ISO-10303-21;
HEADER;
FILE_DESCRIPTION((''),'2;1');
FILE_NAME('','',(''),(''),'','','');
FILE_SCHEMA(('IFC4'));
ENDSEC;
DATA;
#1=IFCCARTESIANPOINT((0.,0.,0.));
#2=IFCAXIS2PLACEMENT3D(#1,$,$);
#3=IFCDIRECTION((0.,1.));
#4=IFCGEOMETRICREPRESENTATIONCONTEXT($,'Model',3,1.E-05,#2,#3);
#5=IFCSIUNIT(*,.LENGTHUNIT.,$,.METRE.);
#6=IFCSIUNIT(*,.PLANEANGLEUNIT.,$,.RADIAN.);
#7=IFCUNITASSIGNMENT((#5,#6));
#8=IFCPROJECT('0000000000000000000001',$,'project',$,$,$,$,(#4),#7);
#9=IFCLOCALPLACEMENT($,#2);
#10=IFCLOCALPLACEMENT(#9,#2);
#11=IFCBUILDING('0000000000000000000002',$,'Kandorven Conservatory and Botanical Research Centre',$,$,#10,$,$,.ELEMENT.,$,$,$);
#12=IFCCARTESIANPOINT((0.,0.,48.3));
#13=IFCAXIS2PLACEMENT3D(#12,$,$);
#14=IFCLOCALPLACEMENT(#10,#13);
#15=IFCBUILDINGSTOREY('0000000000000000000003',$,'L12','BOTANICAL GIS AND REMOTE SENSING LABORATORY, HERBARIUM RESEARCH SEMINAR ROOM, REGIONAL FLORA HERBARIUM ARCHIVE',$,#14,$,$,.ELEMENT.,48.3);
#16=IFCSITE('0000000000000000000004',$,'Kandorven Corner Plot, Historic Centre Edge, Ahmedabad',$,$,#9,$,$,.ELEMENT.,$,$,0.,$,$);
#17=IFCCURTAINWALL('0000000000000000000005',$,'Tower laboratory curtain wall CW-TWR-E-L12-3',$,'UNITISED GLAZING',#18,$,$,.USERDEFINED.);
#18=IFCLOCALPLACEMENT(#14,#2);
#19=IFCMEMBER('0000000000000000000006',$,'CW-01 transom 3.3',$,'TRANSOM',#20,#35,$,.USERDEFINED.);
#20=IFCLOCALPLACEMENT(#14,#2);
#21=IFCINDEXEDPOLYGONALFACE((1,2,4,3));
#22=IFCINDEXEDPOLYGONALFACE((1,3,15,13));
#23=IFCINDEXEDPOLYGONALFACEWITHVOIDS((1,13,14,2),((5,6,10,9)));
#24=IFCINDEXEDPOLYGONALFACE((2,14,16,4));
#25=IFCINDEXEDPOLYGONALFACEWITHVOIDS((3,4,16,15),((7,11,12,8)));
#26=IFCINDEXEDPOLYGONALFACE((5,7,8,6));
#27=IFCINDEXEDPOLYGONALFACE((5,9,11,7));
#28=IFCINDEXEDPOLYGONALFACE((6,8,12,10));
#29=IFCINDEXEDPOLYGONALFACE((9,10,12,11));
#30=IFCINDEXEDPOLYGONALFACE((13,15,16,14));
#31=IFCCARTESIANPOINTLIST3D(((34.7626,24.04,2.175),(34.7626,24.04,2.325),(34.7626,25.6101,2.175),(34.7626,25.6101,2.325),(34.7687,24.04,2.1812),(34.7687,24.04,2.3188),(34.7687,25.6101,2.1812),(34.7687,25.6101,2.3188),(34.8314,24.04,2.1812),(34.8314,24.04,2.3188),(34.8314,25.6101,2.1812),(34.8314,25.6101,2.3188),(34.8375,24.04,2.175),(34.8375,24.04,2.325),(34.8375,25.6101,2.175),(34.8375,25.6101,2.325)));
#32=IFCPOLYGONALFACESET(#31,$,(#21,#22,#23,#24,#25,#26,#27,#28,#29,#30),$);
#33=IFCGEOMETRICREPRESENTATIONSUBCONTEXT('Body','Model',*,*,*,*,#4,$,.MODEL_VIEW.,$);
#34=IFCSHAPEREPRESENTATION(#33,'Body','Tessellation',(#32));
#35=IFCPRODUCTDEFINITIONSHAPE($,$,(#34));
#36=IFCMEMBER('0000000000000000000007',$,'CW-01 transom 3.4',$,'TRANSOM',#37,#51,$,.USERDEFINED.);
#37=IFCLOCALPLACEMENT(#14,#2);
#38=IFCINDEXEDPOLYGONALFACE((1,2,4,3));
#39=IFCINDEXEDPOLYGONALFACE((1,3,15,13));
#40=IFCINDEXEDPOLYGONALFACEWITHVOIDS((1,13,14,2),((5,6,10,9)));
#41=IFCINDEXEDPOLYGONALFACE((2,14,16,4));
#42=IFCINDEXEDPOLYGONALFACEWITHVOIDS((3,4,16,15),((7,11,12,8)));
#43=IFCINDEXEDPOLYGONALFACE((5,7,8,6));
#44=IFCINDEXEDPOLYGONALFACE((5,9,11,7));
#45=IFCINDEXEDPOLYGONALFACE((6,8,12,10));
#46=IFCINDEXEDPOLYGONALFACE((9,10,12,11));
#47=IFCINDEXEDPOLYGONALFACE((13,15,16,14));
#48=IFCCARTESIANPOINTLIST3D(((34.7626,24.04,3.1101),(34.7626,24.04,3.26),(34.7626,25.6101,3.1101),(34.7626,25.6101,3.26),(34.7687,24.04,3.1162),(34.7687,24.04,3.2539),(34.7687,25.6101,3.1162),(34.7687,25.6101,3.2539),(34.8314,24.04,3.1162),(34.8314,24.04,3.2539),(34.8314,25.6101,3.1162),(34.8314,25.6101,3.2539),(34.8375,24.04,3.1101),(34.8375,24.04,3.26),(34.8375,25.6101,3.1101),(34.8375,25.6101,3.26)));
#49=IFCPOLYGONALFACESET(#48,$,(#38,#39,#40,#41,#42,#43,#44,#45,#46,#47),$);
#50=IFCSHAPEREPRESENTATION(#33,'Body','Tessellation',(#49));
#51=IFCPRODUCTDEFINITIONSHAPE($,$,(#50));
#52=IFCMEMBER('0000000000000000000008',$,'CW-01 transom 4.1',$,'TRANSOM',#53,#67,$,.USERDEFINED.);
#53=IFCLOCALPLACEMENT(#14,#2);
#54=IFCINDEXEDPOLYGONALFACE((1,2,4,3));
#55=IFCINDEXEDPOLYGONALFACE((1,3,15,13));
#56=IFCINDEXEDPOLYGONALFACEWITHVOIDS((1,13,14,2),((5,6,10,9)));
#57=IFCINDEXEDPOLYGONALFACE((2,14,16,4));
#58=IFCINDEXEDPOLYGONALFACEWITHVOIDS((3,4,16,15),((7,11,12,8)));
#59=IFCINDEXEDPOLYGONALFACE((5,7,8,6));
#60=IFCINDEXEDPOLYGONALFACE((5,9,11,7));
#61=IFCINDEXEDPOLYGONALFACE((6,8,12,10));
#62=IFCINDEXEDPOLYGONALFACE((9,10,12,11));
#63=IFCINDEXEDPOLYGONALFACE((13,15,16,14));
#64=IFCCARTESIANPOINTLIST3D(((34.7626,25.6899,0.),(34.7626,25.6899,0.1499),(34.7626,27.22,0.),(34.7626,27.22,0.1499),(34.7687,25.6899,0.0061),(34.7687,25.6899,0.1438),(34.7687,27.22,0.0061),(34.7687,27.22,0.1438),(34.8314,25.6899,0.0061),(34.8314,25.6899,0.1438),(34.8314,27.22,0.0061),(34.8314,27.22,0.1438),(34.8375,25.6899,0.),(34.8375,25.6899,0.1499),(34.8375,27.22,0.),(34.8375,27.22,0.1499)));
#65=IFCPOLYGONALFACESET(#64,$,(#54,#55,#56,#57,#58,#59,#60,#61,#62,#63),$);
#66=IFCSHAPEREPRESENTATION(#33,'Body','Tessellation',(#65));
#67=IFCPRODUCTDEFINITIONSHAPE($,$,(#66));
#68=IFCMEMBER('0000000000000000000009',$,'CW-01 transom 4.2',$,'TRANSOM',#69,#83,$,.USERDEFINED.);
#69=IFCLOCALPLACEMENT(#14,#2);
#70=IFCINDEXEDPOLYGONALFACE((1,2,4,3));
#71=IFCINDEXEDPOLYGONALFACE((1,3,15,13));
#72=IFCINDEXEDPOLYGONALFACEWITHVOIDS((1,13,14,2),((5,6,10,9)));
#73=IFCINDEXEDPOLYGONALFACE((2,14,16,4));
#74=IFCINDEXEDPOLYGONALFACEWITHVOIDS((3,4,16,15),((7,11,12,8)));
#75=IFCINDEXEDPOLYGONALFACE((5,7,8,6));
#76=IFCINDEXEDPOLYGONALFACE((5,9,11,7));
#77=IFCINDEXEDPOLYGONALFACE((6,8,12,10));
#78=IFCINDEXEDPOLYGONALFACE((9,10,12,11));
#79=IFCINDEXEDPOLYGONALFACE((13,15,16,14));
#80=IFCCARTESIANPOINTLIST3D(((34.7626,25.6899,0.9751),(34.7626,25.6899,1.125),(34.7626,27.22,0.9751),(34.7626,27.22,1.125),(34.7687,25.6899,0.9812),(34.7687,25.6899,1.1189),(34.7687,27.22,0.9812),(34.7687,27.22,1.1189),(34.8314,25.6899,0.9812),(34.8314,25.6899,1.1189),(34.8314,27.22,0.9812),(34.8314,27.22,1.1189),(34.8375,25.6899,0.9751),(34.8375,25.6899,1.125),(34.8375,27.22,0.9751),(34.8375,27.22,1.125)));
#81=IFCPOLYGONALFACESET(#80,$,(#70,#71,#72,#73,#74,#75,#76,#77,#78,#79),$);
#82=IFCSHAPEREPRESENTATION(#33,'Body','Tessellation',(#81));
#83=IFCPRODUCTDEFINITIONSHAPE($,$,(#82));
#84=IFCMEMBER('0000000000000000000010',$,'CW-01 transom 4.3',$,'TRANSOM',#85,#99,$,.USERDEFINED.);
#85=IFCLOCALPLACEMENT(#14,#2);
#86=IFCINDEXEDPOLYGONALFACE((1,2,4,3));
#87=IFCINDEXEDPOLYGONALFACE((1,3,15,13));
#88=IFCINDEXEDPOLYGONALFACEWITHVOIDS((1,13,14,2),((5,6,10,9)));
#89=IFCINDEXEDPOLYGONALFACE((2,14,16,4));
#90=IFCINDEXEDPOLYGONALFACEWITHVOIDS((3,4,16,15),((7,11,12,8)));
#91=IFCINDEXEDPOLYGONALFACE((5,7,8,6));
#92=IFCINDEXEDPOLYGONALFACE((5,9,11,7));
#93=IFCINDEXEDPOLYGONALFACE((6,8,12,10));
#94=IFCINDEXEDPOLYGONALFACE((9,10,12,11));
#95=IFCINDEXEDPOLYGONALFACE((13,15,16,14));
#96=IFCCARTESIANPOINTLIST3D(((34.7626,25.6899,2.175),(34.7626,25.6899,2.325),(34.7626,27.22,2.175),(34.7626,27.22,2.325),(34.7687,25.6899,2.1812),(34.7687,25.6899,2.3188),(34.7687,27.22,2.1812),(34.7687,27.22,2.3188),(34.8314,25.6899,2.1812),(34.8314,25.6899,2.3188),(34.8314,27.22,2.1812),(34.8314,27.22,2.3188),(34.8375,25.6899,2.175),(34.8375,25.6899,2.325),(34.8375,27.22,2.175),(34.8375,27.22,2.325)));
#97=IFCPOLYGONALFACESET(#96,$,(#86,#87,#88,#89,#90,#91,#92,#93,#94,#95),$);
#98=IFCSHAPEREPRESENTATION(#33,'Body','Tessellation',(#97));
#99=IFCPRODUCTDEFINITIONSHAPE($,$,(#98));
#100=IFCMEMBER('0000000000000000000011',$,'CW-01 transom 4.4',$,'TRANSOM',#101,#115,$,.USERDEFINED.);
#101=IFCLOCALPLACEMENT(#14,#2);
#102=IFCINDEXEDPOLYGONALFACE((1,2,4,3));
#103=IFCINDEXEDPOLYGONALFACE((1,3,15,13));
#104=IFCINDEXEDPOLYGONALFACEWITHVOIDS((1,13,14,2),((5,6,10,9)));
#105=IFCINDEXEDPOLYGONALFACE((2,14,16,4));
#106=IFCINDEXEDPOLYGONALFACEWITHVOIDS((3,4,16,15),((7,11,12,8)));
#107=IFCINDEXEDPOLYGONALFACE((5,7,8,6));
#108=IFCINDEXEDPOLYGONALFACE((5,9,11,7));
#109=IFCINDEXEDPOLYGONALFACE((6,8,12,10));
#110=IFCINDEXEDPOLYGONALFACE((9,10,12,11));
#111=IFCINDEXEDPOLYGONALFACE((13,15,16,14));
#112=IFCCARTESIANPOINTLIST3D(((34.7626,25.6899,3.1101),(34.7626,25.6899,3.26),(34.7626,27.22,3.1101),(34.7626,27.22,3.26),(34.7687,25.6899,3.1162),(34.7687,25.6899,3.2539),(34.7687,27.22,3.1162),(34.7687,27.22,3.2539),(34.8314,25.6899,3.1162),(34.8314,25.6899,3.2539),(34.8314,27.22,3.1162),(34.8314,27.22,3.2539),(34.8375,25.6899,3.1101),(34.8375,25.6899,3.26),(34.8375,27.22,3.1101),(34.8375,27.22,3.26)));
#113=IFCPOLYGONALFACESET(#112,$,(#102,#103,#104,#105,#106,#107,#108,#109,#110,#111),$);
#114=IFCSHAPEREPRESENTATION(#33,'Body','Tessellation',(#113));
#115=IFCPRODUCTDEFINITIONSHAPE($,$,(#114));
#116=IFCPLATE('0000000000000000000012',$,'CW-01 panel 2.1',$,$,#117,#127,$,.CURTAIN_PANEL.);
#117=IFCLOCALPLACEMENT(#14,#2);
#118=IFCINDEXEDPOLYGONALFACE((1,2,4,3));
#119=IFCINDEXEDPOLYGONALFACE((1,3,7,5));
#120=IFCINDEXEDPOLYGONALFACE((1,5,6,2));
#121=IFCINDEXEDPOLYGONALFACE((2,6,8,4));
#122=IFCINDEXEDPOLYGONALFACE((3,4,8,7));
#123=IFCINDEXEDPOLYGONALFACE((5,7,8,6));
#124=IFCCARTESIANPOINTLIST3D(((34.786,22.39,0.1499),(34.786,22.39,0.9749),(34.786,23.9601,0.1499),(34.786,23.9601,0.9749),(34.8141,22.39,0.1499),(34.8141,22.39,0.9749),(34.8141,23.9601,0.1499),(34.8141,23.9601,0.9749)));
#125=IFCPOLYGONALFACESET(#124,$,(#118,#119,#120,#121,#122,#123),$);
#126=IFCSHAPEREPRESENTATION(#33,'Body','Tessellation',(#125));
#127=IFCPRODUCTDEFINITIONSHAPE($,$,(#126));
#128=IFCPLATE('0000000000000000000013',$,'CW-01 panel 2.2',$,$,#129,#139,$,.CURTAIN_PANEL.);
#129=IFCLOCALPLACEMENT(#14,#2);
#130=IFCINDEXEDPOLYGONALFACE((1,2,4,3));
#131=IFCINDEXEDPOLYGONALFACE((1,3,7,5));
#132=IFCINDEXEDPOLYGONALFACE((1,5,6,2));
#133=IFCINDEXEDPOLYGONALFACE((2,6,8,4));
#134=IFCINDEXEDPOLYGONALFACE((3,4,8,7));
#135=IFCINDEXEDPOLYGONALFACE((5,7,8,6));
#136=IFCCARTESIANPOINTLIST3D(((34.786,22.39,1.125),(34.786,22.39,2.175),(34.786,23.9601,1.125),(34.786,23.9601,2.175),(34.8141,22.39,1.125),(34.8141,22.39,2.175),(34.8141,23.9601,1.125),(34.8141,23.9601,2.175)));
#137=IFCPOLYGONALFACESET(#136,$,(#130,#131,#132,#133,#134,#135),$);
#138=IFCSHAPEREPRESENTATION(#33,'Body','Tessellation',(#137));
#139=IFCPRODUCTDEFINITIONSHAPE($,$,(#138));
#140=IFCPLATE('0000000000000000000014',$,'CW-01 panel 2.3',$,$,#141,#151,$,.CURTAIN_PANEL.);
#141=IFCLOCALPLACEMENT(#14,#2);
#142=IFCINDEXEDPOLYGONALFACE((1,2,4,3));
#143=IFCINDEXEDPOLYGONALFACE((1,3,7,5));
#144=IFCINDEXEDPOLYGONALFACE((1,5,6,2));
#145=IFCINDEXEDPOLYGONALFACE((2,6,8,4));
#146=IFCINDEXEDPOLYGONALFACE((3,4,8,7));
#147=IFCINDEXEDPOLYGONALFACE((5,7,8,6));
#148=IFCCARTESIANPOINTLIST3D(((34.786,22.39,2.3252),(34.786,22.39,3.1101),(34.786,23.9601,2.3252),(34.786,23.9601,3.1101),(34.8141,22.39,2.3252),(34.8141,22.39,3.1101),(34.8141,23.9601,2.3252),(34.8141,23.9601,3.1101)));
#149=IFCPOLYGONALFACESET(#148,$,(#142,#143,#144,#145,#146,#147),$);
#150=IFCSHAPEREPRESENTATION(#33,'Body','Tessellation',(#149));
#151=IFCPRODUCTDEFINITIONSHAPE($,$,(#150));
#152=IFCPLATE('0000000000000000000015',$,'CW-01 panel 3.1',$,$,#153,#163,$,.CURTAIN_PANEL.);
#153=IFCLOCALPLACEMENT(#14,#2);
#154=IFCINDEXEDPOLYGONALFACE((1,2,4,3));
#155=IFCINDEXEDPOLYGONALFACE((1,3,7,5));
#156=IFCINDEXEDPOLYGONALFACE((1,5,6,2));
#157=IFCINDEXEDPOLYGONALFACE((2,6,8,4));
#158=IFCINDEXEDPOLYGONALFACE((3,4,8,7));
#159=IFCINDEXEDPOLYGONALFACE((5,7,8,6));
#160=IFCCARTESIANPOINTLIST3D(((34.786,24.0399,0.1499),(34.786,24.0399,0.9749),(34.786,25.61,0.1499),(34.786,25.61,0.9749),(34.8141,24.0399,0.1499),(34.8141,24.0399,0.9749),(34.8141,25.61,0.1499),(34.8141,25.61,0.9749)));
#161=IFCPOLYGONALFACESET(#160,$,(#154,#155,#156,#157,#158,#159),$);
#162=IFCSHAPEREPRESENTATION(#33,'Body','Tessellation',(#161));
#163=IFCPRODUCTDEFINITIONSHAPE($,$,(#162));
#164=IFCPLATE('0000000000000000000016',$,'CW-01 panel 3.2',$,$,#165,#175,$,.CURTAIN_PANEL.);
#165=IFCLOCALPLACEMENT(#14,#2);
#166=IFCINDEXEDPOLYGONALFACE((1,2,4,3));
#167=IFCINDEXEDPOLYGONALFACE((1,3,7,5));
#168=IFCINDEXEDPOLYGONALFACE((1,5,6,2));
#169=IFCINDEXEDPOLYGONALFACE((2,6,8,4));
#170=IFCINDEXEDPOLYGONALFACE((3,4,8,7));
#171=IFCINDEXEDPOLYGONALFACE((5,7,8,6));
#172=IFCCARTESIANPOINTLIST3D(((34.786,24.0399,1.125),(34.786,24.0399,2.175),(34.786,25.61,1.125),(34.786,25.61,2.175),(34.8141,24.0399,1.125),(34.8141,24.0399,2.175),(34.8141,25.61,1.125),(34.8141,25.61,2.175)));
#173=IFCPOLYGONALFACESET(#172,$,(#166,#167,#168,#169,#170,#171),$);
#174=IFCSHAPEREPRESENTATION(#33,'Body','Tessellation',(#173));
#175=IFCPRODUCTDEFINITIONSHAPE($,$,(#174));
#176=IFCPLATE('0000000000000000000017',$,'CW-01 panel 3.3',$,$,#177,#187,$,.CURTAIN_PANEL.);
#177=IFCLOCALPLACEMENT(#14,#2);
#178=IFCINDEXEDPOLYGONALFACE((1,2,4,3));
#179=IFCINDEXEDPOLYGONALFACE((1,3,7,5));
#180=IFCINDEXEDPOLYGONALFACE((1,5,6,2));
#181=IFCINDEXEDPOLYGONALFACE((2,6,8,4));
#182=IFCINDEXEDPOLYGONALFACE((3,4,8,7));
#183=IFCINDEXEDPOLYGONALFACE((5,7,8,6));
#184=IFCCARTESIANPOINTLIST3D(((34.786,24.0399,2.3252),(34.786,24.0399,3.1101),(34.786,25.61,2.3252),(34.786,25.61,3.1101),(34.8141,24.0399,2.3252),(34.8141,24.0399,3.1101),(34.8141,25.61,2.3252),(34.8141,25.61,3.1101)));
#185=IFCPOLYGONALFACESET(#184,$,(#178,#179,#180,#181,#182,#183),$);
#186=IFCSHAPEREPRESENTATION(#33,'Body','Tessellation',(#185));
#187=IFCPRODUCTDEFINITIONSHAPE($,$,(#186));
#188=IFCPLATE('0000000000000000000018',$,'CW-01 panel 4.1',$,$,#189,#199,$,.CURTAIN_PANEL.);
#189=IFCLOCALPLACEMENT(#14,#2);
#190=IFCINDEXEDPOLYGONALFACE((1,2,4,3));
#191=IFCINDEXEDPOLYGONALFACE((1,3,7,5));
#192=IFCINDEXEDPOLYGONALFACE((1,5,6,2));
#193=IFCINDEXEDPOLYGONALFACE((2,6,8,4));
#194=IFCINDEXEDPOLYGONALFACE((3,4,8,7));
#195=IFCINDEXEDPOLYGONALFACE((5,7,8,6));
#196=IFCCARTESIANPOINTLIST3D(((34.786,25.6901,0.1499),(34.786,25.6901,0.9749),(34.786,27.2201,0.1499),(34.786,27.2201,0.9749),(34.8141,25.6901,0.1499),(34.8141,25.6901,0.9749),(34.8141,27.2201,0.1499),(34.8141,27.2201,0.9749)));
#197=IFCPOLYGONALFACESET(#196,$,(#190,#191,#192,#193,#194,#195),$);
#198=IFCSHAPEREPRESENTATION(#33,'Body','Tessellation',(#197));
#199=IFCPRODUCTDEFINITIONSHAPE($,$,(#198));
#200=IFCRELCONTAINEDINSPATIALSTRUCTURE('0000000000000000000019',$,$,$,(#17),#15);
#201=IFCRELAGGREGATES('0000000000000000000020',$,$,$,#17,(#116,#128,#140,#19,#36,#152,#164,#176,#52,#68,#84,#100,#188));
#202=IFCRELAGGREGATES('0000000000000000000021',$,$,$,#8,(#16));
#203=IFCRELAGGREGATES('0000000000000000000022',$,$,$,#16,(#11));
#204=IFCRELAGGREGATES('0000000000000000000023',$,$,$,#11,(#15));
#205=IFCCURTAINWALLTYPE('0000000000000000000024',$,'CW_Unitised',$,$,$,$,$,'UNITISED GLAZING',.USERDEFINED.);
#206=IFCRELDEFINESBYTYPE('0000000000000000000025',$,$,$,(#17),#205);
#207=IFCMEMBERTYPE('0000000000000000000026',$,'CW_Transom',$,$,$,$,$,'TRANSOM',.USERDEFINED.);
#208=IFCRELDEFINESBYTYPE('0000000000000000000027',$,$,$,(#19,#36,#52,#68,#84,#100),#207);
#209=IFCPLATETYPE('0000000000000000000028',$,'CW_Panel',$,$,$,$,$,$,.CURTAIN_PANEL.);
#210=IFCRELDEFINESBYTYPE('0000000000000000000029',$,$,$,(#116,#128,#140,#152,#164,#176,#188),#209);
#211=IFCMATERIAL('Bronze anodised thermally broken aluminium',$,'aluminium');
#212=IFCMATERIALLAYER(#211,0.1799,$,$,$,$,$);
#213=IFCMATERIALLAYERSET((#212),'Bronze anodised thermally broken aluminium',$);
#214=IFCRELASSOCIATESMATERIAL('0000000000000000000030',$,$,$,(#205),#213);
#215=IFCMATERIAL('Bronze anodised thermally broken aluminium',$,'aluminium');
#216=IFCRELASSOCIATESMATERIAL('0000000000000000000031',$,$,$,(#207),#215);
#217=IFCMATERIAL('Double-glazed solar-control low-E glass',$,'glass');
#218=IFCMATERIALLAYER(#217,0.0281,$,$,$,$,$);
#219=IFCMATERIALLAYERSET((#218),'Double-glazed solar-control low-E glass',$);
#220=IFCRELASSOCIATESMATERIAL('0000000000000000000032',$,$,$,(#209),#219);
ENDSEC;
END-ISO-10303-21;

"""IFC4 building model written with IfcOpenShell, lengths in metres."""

from ifc_helpers import new_model, si_unit, direction, frame, origin, origin_2d, place, context, subcontext, project, spatial, rectangle, hollow_rectangle, extrude, material, layer, layer_set, material_profile, profile_set, type_object, element, aggregate, save


model = new_model("IFC4")

# Units and contexts
model_context = context("Model", 3, precision=1e-05, world=origin(), true_north=direction((0.0, 1.0)))
body_context = subcontext(model_context, "Body", "Model", "MODEL_VIEW")
ifc_project = project(units=[si_unit("LENGTHUNIT", "METRE"), si_unit("PLANEANGLEUNIT", "RADIAN")], contexts=[model_context])

# Site, building, storey
site_placement = place(None, origin())
site = spatial("IfcSite", under=ifc_project, at=site_placement, Name="Kandorven Corner Plot, Historic Centre Edge, Ahmedabad", CompositionType="ELEMENT", RefElevation=0.0)
building_placement = place(site_placement, origin())
building = spatial("IfcBuilding", under=site, at=building_placement, Name="Kandorven Conservatory and Botanical Research Centre", CompositionType="ELEMENT")
storey_placement = place(building_placement, frame((0.0, 0.0, 48.3)))
storey = spatial("IfcBuildingStorey", under=building, at=storey_placement, Name="L12", Description="BOTANICAL GIS AND REMOTE SENSING LABORATORY, HERBARIUM RESEARCH SEMINAR ROOM, REGIONAL FLORA HERBARIUM ARCHIVE", CompositionType="ELEMENT", Elevation=48.3)

# Curtain wall, members, plates
ifc_material_1 = material(Name="Bronze anodised thermally broken aluminium", Category="aluminium")
ifc_layer_1 = layer(ifc_material_1, 0.1799)
ifc_layer_set_1 = layer_set([ifc_layer_1], Name="Bronze anodised thermally broken aluminium")
curtain_wall_type = type_object("IfcCurtainWallType", Name="CW_Unitised", ElementType="UNITISED GLAZING", PredefinedType="USERDEFINED", material=ifc_layer_set_1)
curtain_wall_placement = place(storey_placement, origin())
curtain_wall = element("IfcCurtainWall", 1, at=curtain_wall_placement, inside=storey, type_object=curtain_wall_type, Name="Tower laboratory curtain wall CW-TWR-E-L12-3", ObjectType="UNITISED GLAZING", PredefinedType="USERDEFINED")
ifc_material_2 = material(Name="Bronze anodised thermally broken aluminium", Category="aluminium")
ifc_material_profile_1 = material_profile(ifc_material_2, hollow_rectangle(XDim=0.075, YDim=0.1499, WallThickness=0.0061, at=origin_2d()))
ifc_profile_set_1 = profile_set([ifc_material_profile_1], Name="Bronze anodised thermally broken aluminium")
member_type_1 = type_object("IfcMemberType", Name="CW_Transom", ElementType="TRANSOM", PredefinedType="USERDEFINED", material=ifc_profile_set_1)
member_1_placement = place(storey_placement, frame((34.8, 24.04, 2.25), z_axis=(0.0, 1.0, 0.0), x_axis=(-1.0, 0.0, 0.0)))
member_1 = element("IfcMember", 2, at=member_1_placement, type_object=member_type_1, Name="CW-01 transom 3.3", ObjectType="TRANSOM", PredefinedType="USERDEFINED", context=body_context, shape_type="SweptSolid", body=[
    extrude(hollow_rectangle(XDim=0.075, YDim=0.1499, WallThickness=0.0061, at=origin_2d()), origin(), (0.0, 0.0, 1.0), 1.5701),
])
member_2_placement = place(storey_placement, frame((34.8, 24.04, 3.1851), z_axis=(0.0, 1.0, 0.0), x_axis=(-1.0, 0.0, 0.0)))
member_2 = element("IfcMember", 3, at=member_2_placement, type_object=member_type_1, Name="CW-01 transom 3.4", ObjectType="TRANSOM", PredefinedType="USERDEFINED", context=body_context, shape_type="SweptSolid", body=[
    extrude(hollow_rectangle(XDim=0.075, YDim=0.1499, WallThickness=0.0061, at=origin_2d()), origin(), (0.0, 0.0, 1.0), 1.5701),
])
member_3_placement = place(storey_placement, frame((34.8, 25.6899, 0.075), z_axis=(0.0, 1.0, 0.0), x_axis=(-1.0, 0.0, 0.0)))
member_3 = element("IfcMember", 4, at=member_3_placement, type_object=member_type_1, Name="CW-01 transom 4.1", ObjectType="TRANSOM", PredefinedType="USERDEFINED", context=body_context, shape_type="SweptSolid", body=[
    extrude(hollow_rectangle(XDim=0.075, YDim=0.1499, WallThickness=0.0061, at=origin_2d()), origin(), (0.0, 0.0, 1.0), 1.53),
])
member_4_placement = place(storey_placement, frame((34.8, 25.6899, 1.05), z_axis=(0.0, 1.0, 0.0), x_axis=(-1.0, 0.0, 0.0)))
member_4 = element("IfcMember", 5, at=member_4_placement, type_object=member_type_1, Name="CW-01 transom 4.2", ObjectType="TRANSOM", PredefinedType="USERDEFINED", context=body_context, shape_type="SweptSolid", body=[
    extrude(hollow_rectangle(XDim=0.075, YDim=0.1499, WallThickness=0.0061, at=origin_2d()), origin(), (0.0, 0.0, 1.0), 1.53),
])
member_5_placement = place(storey_placement, frame((34.8, 25.6899, 2.25), z_axis=(0.0, 1.0, 0.0), x_axis=(-1.0, 0.0, 0.0)))
member_5 = element("IfcMember", 6, at=member_5_placement, type_object=member_type_1, Name="CW-01 transom 4.3", ObjectType="TRANSOM", PredefinedType="USERDEFINED", context=body_context, shape_type="SweptSolid", body=[
    extrude(hollow_rectangle(XDim=0.075, YDim=0.1499, WallThickness=0.0061, at=origin_2d()), origin(), (0.0, 0.0, 1.0), 1.53),
])
member_6_placement = place(storey_placement, frame((34.8, 25.6899, 3.1851), z_axis=(0.0, 1.0, 0.0), x_axis=(-1.0, 0.0, 0.0)))
member_6 = element("IfcMember", 7, at=member_6_placement, type_object=member_type_1, Name="CW-01 transom 4.4", ObjectType="TRANSOM", PredefinedType="USERDEFINED", context=body_context, shape_type="SweptSolid", body=[
    extrude(hollow_rectangle(XDim=0.075, YDim=0.1499, WallThickness=0.0061, at=origin_2d()), origin(), (0.0, 0.0, 1.0), 1.53),
])
ifc_material_3 = material(Name="Double-glazed solar-control low-E glass", Category="glass")
ifc_layer_2 = layer(ifc_material_3, 0.0281)
ifc_layer_set_2 = layer_set([ifc_layer_2], Name="Double-glazed solar-control low-E glass")
plate_type_1 = type_object("IfcPlateType", Name="CW_Panel", PredefinedType="CURTAIN_PANEL", material=ifc_layer_set_2)
plate_1_placement = place(storey_placement, frame((34.8, 23.175, 0.1499), z_axis=(0.0, 0.0, 1.0), x_axis=(0.0, 1.0, 0.0)))
plate_1 = element("IfcPlate", 8, at=plate_1_placement, type_object=plate_type_1, Name="CW-01 panel 2.1", PredefinedType="CURTAIN_PANEL", context=body_context, shape_type="SweptSolid", body=[
    extrude(rectangle(XDim=1.5701, YDim=0.0281, at=origin_2d()), origin(), (0.0, 0.0, 1.0), 0.825),
])
plate_2_placement = place(storey_placement, frame((34.8, 23.175, 1.125), z_axis=(0.0, 0.0, 1.0), x_axis=(0.0, 1.0, 0.0)))
plate_2 = element("IfcPlate", 9, at=plate_2_placement, type_object=plate_type_1, Name="CW-01 panel 2.2", PredefinedType="CURTAIN_PANEL", context=body_context, shape_type="SweptSolid", body=[
    extrude(rectangle(XDim=1.5701, YDim=0.0281, at=origin_2d()), origin(), (0.0, 0.0, 1.0), 1.05),
])
plate_3_placement = place(storey_placement, frame((34.8, 23.175, 2.3252), z_axis=(0.0, 0.0, 1.0), x_axis=(0.0, 1.0, 0.0)))
plate_3 = element("IfcPlate", 10, at=plate_3_placement, type_object=plate_type_1, Name="CW-01 panel 2.3", PredefinedType="CURTAIN_PANEL", context=body_context, shape_type="SweptSolid", body=[
    extrude(rectangle(XDim=1.5701, YDim=0.0281, at=origin_2d()), origin(), (0.0, 0.0, 1.0), 0.7849),
])
plate_4_placement = place(storey_placement, frame((34.8, 24.825, 0.1499), z_axis=(0.0, 0.0, 1.0), x_axis=(0.0, 1.0, 0.0)))
plate_4 = element("IfcPlate", 11, at=plate_4_placement, type_object=plate_type_1, Name="CW-01 panel 3.1", PredefinedType="CURTAIN_PANEL", context=body_context, shape_type="SweptSolid", body=[
    extrude(rectangle(XDim=1.5701, YDim=0.0281, at=origin_2d()), origin(), (0.0, 0.0, 1.0), 0.825),
])
plate_5_placement = place(storey_placement, frame((34.8, 24.825, 1.125), z_axis=(0.0, 0.0, 1.0), x_axis=(0.0, 1.0, 0.0)))
plate_5 = element("IfcPlate", 12, at=plate_5_placement, type_object=plate_type_1, Name="CW-01 panel 3.2", PredefinedType="CURTAIN_PANEL", context=body_context, shape_type="SweptSolid", body=[
    extrude(rectangle(XDim=1.5701, YDim=0.0281, at=origin_2d()), origin(), (0.0, 0.0, 1.0), 1.05),
])
plate_6_placement = place(storey_placement, frame((34.8, 24.825, 2.3252), z_axis=(0.0, 0.0, 1.0), x_axis=(0.0, 1.0, 0.0)))
plate_6 = element("IfcPlate", 13, at=plate_6_placement, type_object=plate_type_1, Name="CW-01 panel 3.3", PredefinedType="CURTAIN_PANEL", context=body_context, shape_type="SweptSolid", body=[
    extrude(rectangle(XDim=1.5701, YDim=0.0281, at=origin_2d()), origin(), (0.0, 0.0, 1.0), 0.7849),
])
plate_7_placement = place(storey_placement, frame((34.8, 26.4551, 0.1499), z_axis=(0.0, 0.0, 1.0), x_axis=(0.0, 1.0, 0.0)))
plate_7 = element("IfcPlate", 14, at=plate_7_placement, type_object=plate_type_1, Name="CW-01 panel 4.1", PredefinedType="CURTAIN_PANEL", context=body_context, shape_type="SweptSolid", body=[
    extrude(rectangle(XDim=1.53, YDim=0.0281, at=origin_2d()), origin(), (0.0, 0.0, 1.0), 0.825),
])
aggregate(curtain_wall, [plate_1, plate_2, plate_3, member_1, member_2, plate_4, plate_5, plate_6, member_3, member_4, member_5, member_6, plate_7])

save(model, "model.ifc")
